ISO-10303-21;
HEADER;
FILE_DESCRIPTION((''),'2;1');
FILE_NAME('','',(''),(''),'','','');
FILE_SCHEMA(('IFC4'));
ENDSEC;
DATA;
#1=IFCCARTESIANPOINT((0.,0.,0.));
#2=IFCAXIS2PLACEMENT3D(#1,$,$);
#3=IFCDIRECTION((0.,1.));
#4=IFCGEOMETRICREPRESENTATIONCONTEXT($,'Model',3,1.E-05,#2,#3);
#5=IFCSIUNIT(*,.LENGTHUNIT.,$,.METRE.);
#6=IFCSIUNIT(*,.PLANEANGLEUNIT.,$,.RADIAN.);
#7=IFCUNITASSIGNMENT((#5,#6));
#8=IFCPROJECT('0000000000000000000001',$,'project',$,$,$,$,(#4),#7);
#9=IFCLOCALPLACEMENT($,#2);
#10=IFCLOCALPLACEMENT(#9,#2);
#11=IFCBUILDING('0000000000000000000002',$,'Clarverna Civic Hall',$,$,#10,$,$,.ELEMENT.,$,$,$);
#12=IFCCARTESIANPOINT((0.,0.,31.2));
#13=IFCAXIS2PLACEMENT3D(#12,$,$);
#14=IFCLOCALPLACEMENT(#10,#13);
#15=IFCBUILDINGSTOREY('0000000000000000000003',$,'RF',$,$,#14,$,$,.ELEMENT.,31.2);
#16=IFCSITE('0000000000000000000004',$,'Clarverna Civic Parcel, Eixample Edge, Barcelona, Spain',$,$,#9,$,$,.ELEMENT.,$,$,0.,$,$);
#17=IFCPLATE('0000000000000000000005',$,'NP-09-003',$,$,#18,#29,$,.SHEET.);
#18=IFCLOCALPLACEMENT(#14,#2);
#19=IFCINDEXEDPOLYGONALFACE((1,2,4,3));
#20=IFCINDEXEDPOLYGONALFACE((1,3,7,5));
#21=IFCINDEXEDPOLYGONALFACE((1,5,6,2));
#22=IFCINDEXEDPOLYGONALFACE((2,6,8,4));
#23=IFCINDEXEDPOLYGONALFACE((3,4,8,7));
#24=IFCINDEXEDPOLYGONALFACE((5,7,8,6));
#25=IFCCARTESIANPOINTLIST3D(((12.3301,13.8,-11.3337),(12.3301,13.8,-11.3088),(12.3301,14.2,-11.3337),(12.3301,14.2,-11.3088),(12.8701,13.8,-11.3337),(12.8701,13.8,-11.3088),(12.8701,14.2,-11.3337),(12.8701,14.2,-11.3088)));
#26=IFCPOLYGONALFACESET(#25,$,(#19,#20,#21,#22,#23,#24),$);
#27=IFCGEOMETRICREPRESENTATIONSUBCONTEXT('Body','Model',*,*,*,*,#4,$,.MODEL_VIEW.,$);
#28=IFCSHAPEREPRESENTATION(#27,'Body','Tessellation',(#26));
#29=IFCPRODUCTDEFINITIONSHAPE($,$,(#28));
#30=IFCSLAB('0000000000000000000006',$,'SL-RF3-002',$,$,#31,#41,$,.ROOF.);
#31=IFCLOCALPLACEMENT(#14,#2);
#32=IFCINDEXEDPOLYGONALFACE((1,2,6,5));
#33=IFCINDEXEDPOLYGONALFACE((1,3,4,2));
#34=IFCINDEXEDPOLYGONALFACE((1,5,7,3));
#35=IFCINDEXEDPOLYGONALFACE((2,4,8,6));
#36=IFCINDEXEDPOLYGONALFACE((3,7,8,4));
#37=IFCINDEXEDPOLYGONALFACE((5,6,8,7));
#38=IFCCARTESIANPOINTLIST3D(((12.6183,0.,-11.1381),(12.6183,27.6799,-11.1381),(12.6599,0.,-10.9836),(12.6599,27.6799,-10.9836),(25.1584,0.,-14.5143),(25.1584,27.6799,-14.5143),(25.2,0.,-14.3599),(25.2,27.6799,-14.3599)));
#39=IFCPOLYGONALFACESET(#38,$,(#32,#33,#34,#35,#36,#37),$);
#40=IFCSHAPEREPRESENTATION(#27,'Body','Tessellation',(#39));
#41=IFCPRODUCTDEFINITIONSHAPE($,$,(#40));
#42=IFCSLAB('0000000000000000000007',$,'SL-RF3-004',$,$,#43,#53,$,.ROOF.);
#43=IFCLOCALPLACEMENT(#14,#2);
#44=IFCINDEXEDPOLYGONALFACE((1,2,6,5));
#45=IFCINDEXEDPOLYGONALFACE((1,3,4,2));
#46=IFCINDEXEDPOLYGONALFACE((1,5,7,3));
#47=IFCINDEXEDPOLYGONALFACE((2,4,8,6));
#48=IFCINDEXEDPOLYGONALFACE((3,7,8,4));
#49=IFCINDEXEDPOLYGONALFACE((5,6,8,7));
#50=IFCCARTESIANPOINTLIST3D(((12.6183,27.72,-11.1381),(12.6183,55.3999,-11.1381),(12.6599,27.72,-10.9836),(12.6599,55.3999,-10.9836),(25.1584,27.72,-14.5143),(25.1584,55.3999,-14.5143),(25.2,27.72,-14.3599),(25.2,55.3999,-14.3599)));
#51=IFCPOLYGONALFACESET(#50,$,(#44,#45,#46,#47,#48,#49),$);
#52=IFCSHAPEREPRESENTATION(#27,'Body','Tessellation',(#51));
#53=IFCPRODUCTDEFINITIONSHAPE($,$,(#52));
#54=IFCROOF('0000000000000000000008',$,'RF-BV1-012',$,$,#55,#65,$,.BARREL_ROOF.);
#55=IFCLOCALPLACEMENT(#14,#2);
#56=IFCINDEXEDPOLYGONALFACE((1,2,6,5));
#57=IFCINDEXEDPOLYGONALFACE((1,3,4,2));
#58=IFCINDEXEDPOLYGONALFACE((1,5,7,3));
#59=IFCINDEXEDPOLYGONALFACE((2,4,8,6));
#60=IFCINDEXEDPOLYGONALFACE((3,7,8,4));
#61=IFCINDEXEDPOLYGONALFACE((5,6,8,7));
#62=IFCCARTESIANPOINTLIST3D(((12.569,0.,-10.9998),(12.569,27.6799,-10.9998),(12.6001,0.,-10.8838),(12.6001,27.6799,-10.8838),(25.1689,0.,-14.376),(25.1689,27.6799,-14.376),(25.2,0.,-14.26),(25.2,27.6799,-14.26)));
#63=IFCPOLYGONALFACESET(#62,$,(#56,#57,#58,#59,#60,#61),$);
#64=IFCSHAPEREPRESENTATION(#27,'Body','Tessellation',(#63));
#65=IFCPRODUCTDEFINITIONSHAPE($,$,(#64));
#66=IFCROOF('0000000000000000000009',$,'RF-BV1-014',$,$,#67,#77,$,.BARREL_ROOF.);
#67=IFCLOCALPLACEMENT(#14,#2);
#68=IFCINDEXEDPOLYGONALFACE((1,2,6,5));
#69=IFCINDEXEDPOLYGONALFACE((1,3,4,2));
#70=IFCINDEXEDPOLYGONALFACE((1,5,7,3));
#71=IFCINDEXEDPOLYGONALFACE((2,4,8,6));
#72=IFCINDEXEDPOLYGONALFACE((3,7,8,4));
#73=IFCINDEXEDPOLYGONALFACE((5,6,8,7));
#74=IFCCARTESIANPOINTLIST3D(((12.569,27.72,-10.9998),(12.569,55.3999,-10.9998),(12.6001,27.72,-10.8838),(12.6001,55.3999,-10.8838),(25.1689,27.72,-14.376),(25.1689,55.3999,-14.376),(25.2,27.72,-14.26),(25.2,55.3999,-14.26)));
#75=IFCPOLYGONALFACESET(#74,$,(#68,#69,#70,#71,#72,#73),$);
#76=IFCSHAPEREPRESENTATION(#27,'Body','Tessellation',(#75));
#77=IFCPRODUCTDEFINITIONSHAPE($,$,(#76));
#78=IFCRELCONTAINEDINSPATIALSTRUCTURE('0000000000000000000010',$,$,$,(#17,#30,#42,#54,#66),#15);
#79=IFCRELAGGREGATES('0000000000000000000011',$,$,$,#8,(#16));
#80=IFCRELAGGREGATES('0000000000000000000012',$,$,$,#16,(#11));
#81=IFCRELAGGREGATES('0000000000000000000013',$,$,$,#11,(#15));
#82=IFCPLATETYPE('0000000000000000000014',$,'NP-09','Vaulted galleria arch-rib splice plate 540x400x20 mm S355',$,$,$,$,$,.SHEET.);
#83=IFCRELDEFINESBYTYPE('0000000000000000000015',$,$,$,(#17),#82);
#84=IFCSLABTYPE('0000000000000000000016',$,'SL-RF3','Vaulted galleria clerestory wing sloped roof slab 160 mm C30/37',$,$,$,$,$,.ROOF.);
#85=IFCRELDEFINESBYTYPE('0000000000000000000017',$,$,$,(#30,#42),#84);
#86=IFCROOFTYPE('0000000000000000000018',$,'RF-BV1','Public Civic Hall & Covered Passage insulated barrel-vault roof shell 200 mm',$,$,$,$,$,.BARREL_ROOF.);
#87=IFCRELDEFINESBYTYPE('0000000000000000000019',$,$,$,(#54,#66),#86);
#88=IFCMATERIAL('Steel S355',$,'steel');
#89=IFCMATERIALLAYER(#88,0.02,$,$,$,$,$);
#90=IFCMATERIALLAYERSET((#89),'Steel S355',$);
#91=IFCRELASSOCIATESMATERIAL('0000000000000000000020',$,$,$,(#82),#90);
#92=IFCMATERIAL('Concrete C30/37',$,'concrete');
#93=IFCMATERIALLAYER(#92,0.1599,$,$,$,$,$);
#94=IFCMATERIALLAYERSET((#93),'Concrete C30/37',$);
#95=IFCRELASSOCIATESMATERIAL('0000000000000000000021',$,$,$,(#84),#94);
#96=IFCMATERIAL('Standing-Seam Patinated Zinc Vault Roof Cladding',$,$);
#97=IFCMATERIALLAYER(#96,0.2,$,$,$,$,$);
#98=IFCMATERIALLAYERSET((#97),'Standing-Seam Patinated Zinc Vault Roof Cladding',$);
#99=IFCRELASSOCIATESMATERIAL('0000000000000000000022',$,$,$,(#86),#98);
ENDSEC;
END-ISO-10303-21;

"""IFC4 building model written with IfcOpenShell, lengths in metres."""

from ifc_helpers import new_model, si_unit, direction, frame, origin, origin_2d, place, context, subcontext, project, spatial, polyline, rectangle, outline, extrude, material, layer, layer_set, type_object, element, save


model = new_model("IFC4")

# Units and contexts
model_context = context("Model", 3, precision=1e-05, world=origin(), true_north=direction((0.0, 1.0)))
body_context = subcontext(model_context, "Body", "Model", "MODEL_VIEW")
ifc_project = project(units=[si_unit("LENGTHUNIT", "METRE"), si_unit("PLANEANGLEUNIT", "RADIAN")], contexts=[model_context])

# Site, building, storey
site_placement = place(None, origin())
site = spatial("IfcSite", under=ifc_project, at=site_placement, Name="Clarverna Civic Parcel, Eixample Edge, Barcelona, Spain", CompositionType="ELEMENT", RefElevation=0.0)
building_placement = place(site_placement, origin())
building = spatial("IfcBuilding", under=site, at=building_placement, Name="Clarverna Civic Hall", CompositionType="ELEMENT")
storey_placement = place(building_placement, frame((0.0, 0.0, 31.2)))
storey = spatial("IfcBuildingStorey", under=building, at=storey_placement, Name="RF", CompositionType="ELEMENT", Elevation=31.2)

# Shared definitions
ifc_material_1 = material(Name="Steel S355", Category="steel")

# Plate
ifc_layer_1 = layer(ifc_material_1, 0.02)
ifc_layer_set_1 = layer_set([ifc_layer_1], Name="Steel S355")
plate_type_1 = type_object("IfcPlateType", Name="NP-09", Description="Vaulted galleria arch-rib splice plate 540x400x20 mm S355", PredefinedType="SHEET", material=ifc_layer_set_1)
for number, where, z_axis, x_axis, name in (
    (1, (12.6001, 14.0, -11.3337), (0.0, 0.0, 1.0), (1.0, 0.0, 0.0), "NP-09-003"),
):
    element("IfcPlate", number, at=place(storey_placement, frame(where, z_axis=z_axis, x_axis=x_axis)), inside=storey, type_object=plate_type_1, Name=name, PredefinedType="SHEET", context=body_context, shape_type="SweptSolid", body=[
        extrude(rectangle(XDim=0.54, YDim=0.3999, at=origin_2d()), origin(), (0.0, 0.0, 1.0), 0.0249),
    ])

# Slabs
ifc_material_2 = material(Name="Concrete C30/37", Category="concrete")
ifc_layer_2 = layer(ifc_material_2, 0.1599)
ifc_layer_set_2 = layer_set([ifc_layer_2], Name="Concrete C30/37")
slab_type = type_object("IfcSlabType", Name="SL-RF3", Description="Vaulted galleria clerestory wing sloped roof slab 160 mm C30/37", PredefinedType="ROOF", material=ifc_layer_set_2)
for number, where, z_axis, x_axis, name in (
    (2, (12.6599, 0.0, -10.9836), (0.259978, 0.0, 0.965615), (0.965615, 0.0, -0.259978), "SL-RF3-002"),
    (3, (12.6599, 27.72, -10.9836), (0.259978, 0.0, 0.965615), (0.965615, 0.0, -0.259978), "SL-RF3-004"),
):
    element("IfcSlab", number, at=place(storey_placement, frame(where, z_axis=z_axis, x_axis=x_axis)), inside=storey, type_object=slab_type, Name=name, PredefinedType="ROOF", context=body_context, shape_type="SweptSolid", body=[
        extrude(outline(polyline([(0.0, 0.0), (12.9866, 0.0), (12.9866, 27.6799), (0.0, 27.6799), (0.0, 0.0)])), origin(), (0.0, 0.0, -1.0), 0.1599),
    ])

# Roofs
ifc_material_3 = material(Name="Standing-Seam Patinated Zinc Vault Roof Cladding")
ifc_layer_3 = layer(ifc_material_3, 0.2)
ifc_layer_set_3 = layer_set([ifc_layer_3], Name="Standing-Seam Patinated Zinc Vault Roof Cladding")
roof_type = type_object("IfcRoofType", Name="RF-BV1", Description="Public Civic Hall & Covered Passage insulated barrel-vault roof shell 200 mm", PredefinedType="BARREL_ROOF", material=ifc_layer_set_3)
for number, where, z_axis, x_axis, name in (
    (4, (12.6001, 0.0, -10.8838), (0.258826, 0.0, 0.965924), (0.965924, 0.0, -0.258826), "RF-BV1-012"),
    (5, (12.6001, 27.72, -10.8838), (0.258826, 0.0, 0.965924), (0.965924, 0.0, -0.258826), "RF-BV1-014"),
):
    element("IfcRoof", number, at=place(storey_placement, frame(where, z_axis=z_axis, x_axis=x_axis)), inside=storey, type_object=roof_type, Name=name, PredefinedType="BARREL_ROOF", context=body_context, shape_type="SweptSolid", body=[
        extrude(outline(polyline([(0.0, 0.0), (13.0444, 0.0), (13.0444, 27.6799), (0.0, 27.6799), (0.0, 0.0)])), origin(), (0.0, 0.0, -1.0), 0.1201),
    ])

save(model, "model.ifc")
